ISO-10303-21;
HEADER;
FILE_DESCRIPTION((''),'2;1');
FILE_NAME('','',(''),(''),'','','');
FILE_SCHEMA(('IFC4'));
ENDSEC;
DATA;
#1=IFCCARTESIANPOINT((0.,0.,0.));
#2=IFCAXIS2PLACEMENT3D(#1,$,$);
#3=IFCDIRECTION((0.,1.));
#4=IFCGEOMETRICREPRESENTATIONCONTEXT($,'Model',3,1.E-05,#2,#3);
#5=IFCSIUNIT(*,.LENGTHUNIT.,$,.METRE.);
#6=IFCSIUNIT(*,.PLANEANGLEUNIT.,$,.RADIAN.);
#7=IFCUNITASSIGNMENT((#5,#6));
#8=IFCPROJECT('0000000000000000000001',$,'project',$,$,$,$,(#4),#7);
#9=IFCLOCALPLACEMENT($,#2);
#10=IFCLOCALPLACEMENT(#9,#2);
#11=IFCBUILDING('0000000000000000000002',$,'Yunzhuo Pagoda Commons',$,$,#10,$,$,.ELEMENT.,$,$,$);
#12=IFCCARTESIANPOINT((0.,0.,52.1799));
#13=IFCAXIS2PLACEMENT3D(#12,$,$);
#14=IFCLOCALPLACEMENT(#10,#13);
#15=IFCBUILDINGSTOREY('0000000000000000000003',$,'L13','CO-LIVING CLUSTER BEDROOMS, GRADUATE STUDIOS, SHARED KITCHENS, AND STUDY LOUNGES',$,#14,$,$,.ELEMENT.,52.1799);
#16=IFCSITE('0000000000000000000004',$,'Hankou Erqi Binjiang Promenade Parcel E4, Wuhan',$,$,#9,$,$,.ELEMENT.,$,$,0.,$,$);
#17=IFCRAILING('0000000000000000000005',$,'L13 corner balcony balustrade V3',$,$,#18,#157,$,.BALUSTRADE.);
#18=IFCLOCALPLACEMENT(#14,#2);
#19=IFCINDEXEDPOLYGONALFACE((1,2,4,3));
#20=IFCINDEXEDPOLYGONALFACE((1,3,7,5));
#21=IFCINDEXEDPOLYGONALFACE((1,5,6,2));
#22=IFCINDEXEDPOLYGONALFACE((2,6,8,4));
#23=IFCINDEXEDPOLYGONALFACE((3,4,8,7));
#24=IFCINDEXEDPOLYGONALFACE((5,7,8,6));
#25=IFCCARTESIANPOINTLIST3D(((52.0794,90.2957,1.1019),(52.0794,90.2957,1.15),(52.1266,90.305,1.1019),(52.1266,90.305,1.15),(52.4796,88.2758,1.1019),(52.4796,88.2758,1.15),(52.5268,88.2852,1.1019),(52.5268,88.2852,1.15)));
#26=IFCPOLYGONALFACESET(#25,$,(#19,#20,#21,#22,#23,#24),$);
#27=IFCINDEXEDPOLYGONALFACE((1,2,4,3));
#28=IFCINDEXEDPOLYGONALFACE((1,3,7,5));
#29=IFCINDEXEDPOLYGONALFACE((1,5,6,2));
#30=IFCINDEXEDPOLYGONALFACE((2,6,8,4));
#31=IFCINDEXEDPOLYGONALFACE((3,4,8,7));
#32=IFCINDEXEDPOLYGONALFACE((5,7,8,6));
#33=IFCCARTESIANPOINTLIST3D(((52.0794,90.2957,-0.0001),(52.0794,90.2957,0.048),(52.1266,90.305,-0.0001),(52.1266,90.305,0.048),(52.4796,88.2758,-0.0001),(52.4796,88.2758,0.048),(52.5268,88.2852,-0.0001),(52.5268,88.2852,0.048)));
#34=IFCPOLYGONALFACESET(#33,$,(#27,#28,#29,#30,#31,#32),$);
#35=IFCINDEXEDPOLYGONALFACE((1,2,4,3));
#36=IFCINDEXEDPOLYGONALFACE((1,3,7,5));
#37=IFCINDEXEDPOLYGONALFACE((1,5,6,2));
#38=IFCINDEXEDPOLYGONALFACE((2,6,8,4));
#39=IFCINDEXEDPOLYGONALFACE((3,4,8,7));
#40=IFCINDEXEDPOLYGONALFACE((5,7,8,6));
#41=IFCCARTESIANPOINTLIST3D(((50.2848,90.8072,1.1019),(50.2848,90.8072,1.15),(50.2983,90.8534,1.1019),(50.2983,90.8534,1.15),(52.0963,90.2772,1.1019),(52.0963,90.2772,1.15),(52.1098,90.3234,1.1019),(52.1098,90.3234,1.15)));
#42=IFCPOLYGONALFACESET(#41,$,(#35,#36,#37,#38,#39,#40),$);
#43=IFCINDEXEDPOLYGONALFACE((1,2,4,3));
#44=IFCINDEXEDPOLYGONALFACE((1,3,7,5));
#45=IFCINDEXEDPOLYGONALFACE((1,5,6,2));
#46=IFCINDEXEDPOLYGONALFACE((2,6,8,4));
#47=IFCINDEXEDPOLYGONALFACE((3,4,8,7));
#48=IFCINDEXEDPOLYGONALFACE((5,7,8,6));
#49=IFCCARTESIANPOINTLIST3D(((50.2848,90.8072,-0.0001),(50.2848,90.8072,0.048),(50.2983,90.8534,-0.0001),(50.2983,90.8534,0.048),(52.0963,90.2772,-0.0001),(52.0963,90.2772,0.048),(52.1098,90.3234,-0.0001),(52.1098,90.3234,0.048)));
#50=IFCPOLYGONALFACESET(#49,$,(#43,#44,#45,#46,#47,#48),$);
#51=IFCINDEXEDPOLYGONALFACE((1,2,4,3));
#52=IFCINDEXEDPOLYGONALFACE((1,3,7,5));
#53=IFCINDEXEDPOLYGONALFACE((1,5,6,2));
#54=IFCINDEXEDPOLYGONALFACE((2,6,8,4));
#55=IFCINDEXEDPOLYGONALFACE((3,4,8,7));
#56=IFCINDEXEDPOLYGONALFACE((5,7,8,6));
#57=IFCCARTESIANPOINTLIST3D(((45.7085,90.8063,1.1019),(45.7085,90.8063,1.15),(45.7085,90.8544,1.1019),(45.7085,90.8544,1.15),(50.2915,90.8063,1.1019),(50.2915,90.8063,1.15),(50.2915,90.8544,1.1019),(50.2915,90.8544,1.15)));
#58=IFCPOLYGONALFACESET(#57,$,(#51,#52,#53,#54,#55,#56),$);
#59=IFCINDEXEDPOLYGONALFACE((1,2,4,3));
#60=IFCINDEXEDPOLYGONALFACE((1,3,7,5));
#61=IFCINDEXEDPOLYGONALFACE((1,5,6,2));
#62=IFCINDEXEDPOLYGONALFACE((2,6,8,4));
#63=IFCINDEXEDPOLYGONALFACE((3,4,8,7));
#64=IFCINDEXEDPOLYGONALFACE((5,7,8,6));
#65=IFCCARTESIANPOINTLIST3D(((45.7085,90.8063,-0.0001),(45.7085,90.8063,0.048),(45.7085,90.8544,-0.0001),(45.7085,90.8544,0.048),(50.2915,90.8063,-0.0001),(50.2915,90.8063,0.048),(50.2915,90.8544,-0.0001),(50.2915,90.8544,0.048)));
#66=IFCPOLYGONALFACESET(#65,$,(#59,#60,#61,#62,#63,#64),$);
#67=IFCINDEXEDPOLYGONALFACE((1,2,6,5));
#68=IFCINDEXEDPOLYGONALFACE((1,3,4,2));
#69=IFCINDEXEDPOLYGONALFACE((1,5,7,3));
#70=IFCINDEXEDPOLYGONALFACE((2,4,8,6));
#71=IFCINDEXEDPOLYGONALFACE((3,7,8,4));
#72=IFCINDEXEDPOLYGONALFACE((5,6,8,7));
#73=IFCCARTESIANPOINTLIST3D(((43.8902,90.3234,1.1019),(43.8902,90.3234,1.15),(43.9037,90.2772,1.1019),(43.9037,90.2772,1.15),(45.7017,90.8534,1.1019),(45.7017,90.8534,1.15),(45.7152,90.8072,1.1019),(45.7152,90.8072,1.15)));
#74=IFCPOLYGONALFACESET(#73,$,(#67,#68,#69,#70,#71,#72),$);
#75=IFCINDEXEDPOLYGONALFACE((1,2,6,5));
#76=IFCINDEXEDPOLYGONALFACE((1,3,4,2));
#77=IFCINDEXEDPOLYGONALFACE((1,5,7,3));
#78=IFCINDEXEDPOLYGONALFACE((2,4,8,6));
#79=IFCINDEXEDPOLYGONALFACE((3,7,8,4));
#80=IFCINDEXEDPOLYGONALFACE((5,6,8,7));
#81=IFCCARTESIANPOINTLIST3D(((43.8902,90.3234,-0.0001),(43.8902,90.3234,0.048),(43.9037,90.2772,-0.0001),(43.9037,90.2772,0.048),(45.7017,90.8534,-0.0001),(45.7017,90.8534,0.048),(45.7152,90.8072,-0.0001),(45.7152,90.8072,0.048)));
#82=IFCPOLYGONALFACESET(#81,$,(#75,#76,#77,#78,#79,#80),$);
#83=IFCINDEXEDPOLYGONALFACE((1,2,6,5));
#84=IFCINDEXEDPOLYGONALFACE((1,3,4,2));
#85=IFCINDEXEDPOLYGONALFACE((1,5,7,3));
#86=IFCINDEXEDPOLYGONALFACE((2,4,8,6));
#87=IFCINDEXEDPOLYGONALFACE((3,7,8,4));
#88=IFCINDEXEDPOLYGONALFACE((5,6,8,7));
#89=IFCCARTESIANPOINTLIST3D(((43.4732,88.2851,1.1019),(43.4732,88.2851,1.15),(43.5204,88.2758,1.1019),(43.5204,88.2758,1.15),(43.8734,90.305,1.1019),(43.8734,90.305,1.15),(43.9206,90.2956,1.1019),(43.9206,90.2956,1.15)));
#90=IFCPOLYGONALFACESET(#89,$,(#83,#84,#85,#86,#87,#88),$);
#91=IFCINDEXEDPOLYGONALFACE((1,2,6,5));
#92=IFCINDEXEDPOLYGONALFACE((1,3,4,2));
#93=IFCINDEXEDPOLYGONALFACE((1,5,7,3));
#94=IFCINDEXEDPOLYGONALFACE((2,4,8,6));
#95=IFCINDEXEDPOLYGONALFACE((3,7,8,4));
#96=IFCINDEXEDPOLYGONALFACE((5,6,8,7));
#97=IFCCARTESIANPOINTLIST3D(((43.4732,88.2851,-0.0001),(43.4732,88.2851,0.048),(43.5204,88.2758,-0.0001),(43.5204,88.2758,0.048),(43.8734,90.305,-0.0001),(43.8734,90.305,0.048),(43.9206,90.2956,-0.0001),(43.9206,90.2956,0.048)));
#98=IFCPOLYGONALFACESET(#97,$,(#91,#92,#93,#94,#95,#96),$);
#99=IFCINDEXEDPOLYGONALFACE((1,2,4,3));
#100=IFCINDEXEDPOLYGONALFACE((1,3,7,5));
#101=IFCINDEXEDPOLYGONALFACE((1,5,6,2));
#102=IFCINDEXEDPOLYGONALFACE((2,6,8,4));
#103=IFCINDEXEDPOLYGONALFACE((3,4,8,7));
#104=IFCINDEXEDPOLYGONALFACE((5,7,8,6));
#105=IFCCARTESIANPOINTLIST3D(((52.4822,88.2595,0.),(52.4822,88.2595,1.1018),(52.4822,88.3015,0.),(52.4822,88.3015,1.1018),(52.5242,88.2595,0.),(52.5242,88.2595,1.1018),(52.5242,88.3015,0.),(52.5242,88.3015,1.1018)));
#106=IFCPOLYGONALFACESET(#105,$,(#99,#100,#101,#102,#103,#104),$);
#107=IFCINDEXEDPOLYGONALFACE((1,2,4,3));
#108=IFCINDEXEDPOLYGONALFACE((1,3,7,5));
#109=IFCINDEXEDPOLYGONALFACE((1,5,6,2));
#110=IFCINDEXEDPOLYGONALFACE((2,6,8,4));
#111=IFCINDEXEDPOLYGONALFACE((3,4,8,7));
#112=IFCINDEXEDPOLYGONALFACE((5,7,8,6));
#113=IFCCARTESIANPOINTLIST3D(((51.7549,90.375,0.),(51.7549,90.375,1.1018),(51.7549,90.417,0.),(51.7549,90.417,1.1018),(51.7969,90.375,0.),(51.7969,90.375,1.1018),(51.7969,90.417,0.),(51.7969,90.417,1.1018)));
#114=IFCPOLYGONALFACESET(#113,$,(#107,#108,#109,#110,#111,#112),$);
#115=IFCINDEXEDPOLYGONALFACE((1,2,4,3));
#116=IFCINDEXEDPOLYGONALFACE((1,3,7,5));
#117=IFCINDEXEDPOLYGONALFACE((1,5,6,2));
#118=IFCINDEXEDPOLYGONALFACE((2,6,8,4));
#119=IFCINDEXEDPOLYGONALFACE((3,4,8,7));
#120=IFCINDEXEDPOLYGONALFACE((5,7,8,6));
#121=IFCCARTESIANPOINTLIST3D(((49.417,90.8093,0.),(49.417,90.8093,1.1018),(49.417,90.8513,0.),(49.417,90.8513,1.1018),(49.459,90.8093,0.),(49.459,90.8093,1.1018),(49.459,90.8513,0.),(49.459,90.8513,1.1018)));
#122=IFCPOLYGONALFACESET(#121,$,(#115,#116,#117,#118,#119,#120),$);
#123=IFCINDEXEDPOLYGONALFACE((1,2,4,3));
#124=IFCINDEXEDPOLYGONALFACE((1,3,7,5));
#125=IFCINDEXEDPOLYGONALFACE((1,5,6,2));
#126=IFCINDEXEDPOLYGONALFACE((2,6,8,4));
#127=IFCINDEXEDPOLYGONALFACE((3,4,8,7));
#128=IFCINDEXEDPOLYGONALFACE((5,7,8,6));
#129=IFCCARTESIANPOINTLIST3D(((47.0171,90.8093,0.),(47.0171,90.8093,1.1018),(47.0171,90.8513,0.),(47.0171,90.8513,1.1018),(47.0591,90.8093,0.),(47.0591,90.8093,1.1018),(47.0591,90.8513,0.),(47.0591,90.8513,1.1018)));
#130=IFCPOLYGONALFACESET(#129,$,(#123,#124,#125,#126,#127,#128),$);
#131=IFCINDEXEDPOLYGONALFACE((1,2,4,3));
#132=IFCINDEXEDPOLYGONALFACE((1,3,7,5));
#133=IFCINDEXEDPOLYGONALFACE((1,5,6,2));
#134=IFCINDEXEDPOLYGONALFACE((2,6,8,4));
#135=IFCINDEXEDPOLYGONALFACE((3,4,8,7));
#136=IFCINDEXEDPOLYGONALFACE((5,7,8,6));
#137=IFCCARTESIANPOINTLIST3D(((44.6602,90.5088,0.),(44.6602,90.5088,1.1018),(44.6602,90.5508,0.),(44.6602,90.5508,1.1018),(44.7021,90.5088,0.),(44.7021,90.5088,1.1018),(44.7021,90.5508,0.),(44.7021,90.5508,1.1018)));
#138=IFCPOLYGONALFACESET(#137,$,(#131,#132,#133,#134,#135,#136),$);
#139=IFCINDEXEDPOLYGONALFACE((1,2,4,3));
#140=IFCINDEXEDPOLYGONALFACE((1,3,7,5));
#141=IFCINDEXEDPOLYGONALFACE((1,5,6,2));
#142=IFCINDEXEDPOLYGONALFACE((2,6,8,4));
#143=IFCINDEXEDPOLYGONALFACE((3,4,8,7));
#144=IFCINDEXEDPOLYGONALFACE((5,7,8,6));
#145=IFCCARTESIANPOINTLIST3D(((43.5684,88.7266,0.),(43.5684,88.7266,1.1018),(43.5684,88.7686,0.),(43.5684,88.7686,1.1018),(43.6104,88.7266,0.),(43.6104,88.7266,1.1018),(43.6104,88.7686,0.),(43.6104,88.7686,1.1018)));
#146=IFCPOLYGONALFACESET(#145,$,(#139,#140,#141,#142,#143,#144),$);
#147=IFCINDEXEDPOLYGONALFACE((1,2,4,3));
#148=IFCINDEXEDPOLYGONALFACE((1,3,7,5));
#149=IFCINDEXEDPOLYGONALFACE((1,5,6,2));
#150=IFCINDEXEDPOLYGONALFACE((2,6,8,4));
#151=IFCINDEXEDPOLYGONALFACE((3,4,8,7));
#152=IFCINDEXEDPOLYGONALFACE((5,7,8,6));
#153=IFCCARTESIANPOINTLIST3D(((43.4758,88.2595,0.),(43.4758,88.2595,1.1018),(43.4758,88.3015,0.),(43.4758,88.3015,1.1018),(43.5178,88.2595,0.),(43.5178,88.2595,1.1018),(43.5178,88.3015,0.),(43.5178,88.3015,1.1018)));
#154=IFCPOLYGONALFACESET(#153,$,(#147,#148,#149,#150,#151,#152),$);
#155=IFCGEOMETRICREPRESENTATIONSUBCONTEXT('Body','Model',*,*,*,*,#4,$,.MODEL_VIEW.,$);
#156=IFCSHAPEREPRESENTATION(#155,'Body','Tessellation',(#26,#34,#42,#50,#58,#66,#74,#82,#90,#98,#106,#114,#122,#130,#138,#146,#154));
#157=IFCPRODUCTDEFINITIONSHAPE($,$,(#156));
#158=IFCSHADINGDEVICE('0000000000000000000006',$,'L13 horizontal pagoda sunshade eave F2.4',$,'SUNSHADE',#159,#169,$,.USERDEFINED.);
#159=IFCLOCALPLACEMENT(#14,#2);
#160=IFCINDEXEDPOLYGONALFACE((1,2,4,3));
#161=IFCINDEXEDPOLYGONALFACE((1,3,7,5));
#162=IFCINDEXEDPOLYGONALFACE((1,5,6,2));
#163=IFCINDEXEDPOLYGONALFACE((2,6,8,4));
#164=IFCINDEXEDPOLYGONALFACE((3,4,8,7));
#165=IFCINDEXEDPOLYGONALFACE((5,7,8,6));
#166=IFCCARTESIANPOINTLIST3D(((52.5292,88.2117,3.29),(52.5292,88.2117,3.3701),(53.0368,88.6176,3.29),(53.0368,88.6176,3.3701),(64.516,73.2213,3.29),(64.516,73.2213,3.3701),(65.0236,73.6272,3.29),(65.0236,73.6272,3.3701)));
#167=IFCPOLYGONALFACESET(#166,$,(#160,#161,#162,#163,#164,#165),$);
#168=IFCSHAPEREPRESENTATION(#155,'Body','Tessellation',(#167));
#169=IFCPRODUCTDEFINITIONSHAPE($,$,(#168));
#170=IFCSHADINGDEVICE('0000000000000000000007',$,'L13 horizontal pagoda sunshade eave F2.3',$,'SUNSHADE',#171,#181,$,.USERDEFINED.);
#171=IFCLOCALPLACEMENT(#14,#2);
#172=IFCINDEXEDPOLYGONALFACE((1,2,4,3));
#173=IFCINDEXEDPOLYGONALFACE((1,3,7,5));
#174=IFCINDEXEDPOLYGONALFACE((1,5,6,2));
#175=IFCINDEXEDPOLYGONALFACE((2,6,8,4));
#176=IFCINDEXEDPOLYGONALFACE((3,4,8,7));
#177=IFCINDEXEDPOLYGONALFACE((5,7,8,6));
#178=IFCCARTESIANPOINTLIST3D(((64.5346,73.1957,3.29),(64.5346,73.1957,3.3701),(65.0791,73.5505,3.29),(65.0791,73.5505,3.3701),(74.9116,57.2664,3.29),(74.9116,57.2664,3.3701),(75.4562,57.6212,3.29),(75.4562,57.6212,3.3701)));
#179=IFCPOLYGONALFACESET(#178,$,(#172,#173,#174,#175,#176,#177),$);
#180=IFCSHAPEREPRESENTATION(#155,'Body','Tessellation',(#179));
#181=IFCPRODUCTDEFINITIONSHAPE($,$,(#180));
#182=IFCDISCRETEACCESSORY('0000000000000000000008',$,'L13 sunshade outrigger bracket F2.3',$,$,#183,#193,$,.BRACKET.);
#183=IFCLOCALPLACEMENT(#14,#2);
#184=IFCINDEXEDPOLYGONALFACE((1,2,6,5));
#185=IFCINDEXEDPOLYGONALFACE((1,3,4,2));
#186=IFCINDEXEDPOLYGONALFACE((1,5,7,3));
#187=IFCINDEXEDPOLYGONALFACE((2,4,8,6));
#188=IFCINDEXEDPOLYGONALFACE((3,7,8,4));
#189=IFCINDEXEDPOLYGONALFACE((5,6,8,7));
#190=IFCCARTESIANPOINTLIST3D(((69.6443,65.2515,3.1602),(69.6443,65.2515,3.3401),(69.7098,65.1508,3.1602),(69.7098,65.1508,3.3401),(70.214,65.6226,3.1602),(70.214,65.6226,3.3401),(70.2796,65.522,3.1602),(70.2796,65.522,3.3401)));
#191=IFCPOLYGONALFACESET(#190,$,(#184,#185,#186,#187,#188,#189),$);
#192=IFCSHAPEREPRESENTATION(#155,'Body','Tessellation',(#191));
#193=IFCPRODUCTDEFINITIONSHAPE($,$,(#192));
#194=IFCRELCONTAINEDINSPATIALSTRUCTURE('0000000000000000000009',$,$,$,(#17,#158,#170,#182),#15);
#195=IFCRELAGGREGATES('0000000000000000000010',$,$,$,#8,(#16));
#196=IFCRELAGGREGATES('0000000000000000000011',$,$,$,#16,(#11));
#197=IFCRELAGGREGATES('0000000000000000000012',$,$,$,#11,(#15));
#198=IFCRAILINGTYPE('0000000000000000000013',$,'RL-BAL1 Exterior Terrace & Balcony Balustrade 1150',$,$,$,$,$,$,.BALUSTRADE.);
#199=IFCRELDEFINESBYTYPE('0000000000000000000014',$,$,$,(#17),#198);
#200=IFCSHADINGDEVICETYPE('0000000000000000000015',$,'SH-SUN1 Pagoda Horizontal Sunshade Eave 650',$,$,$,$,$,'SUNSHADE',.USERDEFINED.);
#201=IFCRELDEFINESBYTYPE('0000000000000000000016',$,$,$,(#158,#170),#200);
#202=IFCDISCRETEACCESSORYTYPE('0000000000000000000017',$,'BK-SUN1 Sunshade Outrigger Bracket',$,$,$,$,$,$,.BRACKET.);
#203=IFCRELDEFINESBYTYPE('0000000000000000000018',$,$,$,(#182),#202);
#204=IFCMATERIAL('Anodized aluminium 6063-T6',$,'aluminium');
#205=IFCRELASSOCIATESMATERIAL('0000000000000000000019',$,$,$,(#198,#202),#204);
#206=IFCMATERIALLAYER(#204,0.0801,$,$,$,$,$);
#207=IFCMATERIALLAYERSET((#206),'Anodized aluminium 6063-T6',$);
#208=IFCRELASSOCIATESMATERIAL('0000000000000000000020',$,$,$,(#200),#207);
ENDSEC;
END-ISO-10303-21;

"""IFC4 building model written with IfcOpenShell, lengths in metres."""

from ifc_helpers import new_model, si_unit, direction, frame, origin, origin_2d, place, context, subcontext, project, spatial, rectangle, extrude, source, transform, mapped, material, layer, layer_set, type_object, element, save


model = new_model("IFC4")

# Units and contexts
model_context = context("Model", 3, precision=1e-05, world=origin(), true_north=direction((0.0, 1.0)))
body_context = subcontext(model_context, "Body", "Model", "MODEL_VIEW")
ifc_project = project(units=[si_unit("LENGTHUNIT", "METRE"), si_unit("PLANEANGLEUNIT", "RADIAN")], contexts=[model_context])

# Site, building, storey
site_placement = place(None, origin())
site = spatial("IfcSite", under=ifc_project, at=site_placement, Name="Hankou Erqi Binjiang Promenade Parcel E4, Wuhan", CompositionType="ELEMENT", RefElevation=0.0)
building_placement = place(site_placement, origin())
building = spatial("IfcBuilding", under=site, at=building_placement, Name="Yunzhuo Pagoda Commons", CompositionType="ELEMENT")
storey_placement = place(building_placement, frame((0.0, 0.0, 52.1799)))
storey = spatial("IfcBuildingStorey", under=building, at=storey_placement, Name="L13", Description="CO-LIVING CLUSTER BEDROOMS, GRADUATE STUDIOS, SHARED KITCHENS, AND STUDY LOUNGES", CompositionType="ELEMENT", Elevation=52.1799)

# Shared definitions
ifc_material_1 = material(Name="Anodized aluminium 6063-T6", Category="aluminium")

# Railing
railing_type_1 = type_object("IfcRailingType", Name="RL-BAL1 Exterior Terrace & Balcony Balustrade 1150", PredefinedType="BALUSTRADE", material=ifc_material_1)
railing_1_placement = place(storey_placement, frame((52.5032, 88.2805, 0.0)))
element("IfcRailing", 1, at=railing_1_placement, inside=storey, type_object=railing_type_1, Name="L13 corner balcony balustrade V3", PredefinedType="BALUSTRADE", context=body_context, shape_type="SweptSolid", body=[
    extrude(rectangle(XDim=0.0481, YDim=0.0481, at=origin_2d()), frame((0.0, 0.0, 1.126), z_axis=(-0.194337, 0.980935, 0.0), x_axis=(-0.980935, -0.194337, 0.0)), (0.0, 0.0, 1.0), 2.0591),
    extrude(rectangle(XDim=0.0481, YDim=0.0481, at=origin_2d()), frame((0.0, 0.0, 0.0239), z_axis=(-0.194337, 0.980935, 0.0), x_axis=(-0.980935, -0.194337, 0.0)), (0.0, 0.0, 1.0), 2.0591),
    extrude(rectangle(XDim=0.0481, YDim=0.0481, at=origin_2d()), frame((-0.4001, 2.0198, 1.126), z_axis=(-0.959762, 0.280814, 0.0), x_axis=(-0.280814, -0.959762, 0.0)), (0.0, 0.0, 1.0), 1.8875),
    extrude(rectangle(XDim=0.0481, YDim=0.0481, at=origin_2d()), frame((-0.4001, 2.0198, 0.0239), z_axis=(-0.959762, 0.280814, 0.0), x_axis=(-0.280814, -0.959762, 0.0)), (0.0, 0.0, 1.0), 1.8875),
    extrude(rectangle(XDim=0.0481, YDim=0.0481, at=origin_2d()), frame((-2.2117, 2.5498, 1.126), z_axis=(-1.0, 0.0, 0.0), x_axis=(0.0, -1.0, 0.0)), (0.0, 0.0, 1.0), 4.583),
    extrude(rectangle(XDim=0.0481, YDim=0.0481, at=origin_2d()), frame((-2.2117, 2.5498, 0.0239), z_axis=(-1.0, 0.0, 0.0), x_axis=(0.0, -1.0, 0.0)), (0.0, 0.0, 1.0), 4.583),
    extrude(rectangle(XDim=0.0481, YDim=0.0481, at=origin_2d()), frame((-6.7947, 2.5498, 1.126), z_axis=(-0.959762, -0.280814, 0.0), x_axis=(0.280814, -0.959762, 0.0)), (0.0, 0.0, 1.0), 1.8875),
    extrude(rectangle(XDim=0.0481, YDim=0.0481, at=origin_2d()), frame((-6.7947, 2.5498, 0.0239), z_axis=(-0.959762, -0.280814, 0.0), x_axis=(0.280814, -0.959762, 0.0)), (0.0, 0.0, 1.0), 1.8875),
    extrude(rectangle(XDim=0.0481, YDim=0.0481, at=origin_2d()), frame((-8.6062, 2.0198, 1.126), z_axis=(-0.194337, -0.980935, 0.0), x_axis=(0.980935, -0.194337, 0.0)), (0.0, 0.0, 1.0), 2.0591),
    extrude(rectangle(XDim=0.0481, YDim=0.0481, at=origin_2d()), frame((-8.6062, 2.0198, 0.0239), z_axis=(-0.194337, -0.980935, 0.0), x_axis=(0.980935, -0.194337, 0.0)), (0.0, 0.0, 1.0), 2.0591),
    extrude(rectangle(XDim=0.042, YDim=0.042, at=origin_2d()), origin(), (0.0, 0.0, 1.0), 1.1018),
    extrude(rectangle(XDim=0.042, YDim=0.042, at=origin_2d()), frame((-0.7273, 2.1155, 0.0)), (0.0, 0.0, 1.0), 1.1018),
    extrude(rectangle(XDim=0.042, YDim=0.042, at=origin_2d()), frame((-3.0652, 2.5498, 0.0)), (0.0, 0.0, 1.0), 1.1018),
    extrude(rectangle(XDim=0.042, YDim=0.042, at=origin_2d()), frame((-5.4651, 2.5498, 0.0)), (0.0, 0.0, 1.0), 1.1018),
    extrude(rectangle(XDim=0.042, YDim=0.042, at=origin_2d()), frame((-7.822, 2.2493, 0.0)), (0.0, 0.0, 1.0), 1.1018),
    extrude(rectangle(XDim=0.042, YDim=0.042, at=origin_2d()), frame((-8.9138, 0.467, 0.0)), (0.0, 0.0, 1.0), 1.1018),
    extrude(rectangle(XDim=0.042, YDim=0.042, at=origin_2d()), frame((-9.0063, 0.0, 0.0)), (0.0, 0.0, 1.0), 1.1018),
])

# Shading devices
ifc_layer_1 = layer(ifc_material_1, 0.0801)
ifc_layer_set_1 = layer_set([ifc_layer_1], Name="Anodized aluminium 6063-T6")
shading_device_type = type_object("IfcShadingDeviceType", Name="SH-SUN1 Pagoda Horizontal Sunshade Eave 650", ElementType="SUNSHADE", PredefinedType="USERDEFINED", material=ifc_layer_set_1)
shared_shape_1 = source(origin(), body_context, "Body", "SweptSolid", [
    extrude(rectangle(XDim=19.1936, YDim=0.6499, at=origin_2d()), origin(), (0.0, 0.0, 1.0), 0.0801),
])
shading_device_1_placement = place(storey_placement, frame((58.7764, 80.9194, 3.29), z_axis=(0.0, 0.0, 1.0), x_axis=(-0.62452, 0.781008, 0.0)))
element("IfcShadingDevice", 2, at=shading_device_1_placement, inside=storey, type_object=shading_device_type, Name="L13 horizontal pagoda sunshade eave F2.4", ObjectType="SUNSHADE", PredefinedType="USERDEFINED", context=body_context, shape_type="MappedRepresentation", body=[
    mapped(shared_shape_1, transform((0.0, 0.0, 0.0), scale=1.0)),
])
shared_shape_2 = source(origin(), body_context, "Body", "SweptSolid", [
    extrude(rectangle(XDim=19.0112, YDim=0.6499, at=origin_2d()), origin(), (0.0, 0.0, 1.0), 0.0801),
])
shading_device_2_placement = place(storey_placement, frame((69.9954, 65.4084, 3.29), z_axis=(0.0, 0.0, 1.0), x_axis=(-0.545839, 0.83789, 0.0)))
element("IfcShadingDevice", 3, at=shading_device_2_placement, inside=storey, type_object=shading_device_type, Name="L13 horizontal pagoda sunshade eave F2.3", ObjectType="SUNSHADE", PredefinedType="USERDEFINED", context=body_context, shape_type="MappedRepresentation", body=[
    mapped(shared_shape_2, transform((0.0, 0.0, 0.0), scale=1.0)),
])

# Discrete accessory
discrete_accessory_type = type_object("IfcDiscreteAccessoryType", Name="BK-SUN1 Sunshade Outrigger Bracket", PredefinedType="BRACKET", material=ifc_material_1)
shared_shape_3 = source(origin(), body_context, "Body", "SweptSolid", [
    extrude(rectangle(XDim=0.1201, YDim=0.6799, at=origin_2d()), origin(), (0.0, 0.0, 1.0), 0.1799),
])
discrete_accessory_placement = place(storey_placement, frame((69.9619, 65.3867, 3.1602), z_axis=(0.0, 0.0, 1.0), x_axis=(-0.545839, 0.83789, 0.0)))
element("IfcDiscreteAccessory", 4, at=discrete_accessory_placement, inside=storey, type_object=discrete_accessory_type, Name="L13 sunshade outrigger bracket F2.3", PredefinedType="BRACKET", context=body_context, shape_type="MappedRepresentation", body=[
    mapped(shared_shape_3, transform((0.0, 0.0, 0.0), scale=1.0)),
])

save(model, "model.ifc")
